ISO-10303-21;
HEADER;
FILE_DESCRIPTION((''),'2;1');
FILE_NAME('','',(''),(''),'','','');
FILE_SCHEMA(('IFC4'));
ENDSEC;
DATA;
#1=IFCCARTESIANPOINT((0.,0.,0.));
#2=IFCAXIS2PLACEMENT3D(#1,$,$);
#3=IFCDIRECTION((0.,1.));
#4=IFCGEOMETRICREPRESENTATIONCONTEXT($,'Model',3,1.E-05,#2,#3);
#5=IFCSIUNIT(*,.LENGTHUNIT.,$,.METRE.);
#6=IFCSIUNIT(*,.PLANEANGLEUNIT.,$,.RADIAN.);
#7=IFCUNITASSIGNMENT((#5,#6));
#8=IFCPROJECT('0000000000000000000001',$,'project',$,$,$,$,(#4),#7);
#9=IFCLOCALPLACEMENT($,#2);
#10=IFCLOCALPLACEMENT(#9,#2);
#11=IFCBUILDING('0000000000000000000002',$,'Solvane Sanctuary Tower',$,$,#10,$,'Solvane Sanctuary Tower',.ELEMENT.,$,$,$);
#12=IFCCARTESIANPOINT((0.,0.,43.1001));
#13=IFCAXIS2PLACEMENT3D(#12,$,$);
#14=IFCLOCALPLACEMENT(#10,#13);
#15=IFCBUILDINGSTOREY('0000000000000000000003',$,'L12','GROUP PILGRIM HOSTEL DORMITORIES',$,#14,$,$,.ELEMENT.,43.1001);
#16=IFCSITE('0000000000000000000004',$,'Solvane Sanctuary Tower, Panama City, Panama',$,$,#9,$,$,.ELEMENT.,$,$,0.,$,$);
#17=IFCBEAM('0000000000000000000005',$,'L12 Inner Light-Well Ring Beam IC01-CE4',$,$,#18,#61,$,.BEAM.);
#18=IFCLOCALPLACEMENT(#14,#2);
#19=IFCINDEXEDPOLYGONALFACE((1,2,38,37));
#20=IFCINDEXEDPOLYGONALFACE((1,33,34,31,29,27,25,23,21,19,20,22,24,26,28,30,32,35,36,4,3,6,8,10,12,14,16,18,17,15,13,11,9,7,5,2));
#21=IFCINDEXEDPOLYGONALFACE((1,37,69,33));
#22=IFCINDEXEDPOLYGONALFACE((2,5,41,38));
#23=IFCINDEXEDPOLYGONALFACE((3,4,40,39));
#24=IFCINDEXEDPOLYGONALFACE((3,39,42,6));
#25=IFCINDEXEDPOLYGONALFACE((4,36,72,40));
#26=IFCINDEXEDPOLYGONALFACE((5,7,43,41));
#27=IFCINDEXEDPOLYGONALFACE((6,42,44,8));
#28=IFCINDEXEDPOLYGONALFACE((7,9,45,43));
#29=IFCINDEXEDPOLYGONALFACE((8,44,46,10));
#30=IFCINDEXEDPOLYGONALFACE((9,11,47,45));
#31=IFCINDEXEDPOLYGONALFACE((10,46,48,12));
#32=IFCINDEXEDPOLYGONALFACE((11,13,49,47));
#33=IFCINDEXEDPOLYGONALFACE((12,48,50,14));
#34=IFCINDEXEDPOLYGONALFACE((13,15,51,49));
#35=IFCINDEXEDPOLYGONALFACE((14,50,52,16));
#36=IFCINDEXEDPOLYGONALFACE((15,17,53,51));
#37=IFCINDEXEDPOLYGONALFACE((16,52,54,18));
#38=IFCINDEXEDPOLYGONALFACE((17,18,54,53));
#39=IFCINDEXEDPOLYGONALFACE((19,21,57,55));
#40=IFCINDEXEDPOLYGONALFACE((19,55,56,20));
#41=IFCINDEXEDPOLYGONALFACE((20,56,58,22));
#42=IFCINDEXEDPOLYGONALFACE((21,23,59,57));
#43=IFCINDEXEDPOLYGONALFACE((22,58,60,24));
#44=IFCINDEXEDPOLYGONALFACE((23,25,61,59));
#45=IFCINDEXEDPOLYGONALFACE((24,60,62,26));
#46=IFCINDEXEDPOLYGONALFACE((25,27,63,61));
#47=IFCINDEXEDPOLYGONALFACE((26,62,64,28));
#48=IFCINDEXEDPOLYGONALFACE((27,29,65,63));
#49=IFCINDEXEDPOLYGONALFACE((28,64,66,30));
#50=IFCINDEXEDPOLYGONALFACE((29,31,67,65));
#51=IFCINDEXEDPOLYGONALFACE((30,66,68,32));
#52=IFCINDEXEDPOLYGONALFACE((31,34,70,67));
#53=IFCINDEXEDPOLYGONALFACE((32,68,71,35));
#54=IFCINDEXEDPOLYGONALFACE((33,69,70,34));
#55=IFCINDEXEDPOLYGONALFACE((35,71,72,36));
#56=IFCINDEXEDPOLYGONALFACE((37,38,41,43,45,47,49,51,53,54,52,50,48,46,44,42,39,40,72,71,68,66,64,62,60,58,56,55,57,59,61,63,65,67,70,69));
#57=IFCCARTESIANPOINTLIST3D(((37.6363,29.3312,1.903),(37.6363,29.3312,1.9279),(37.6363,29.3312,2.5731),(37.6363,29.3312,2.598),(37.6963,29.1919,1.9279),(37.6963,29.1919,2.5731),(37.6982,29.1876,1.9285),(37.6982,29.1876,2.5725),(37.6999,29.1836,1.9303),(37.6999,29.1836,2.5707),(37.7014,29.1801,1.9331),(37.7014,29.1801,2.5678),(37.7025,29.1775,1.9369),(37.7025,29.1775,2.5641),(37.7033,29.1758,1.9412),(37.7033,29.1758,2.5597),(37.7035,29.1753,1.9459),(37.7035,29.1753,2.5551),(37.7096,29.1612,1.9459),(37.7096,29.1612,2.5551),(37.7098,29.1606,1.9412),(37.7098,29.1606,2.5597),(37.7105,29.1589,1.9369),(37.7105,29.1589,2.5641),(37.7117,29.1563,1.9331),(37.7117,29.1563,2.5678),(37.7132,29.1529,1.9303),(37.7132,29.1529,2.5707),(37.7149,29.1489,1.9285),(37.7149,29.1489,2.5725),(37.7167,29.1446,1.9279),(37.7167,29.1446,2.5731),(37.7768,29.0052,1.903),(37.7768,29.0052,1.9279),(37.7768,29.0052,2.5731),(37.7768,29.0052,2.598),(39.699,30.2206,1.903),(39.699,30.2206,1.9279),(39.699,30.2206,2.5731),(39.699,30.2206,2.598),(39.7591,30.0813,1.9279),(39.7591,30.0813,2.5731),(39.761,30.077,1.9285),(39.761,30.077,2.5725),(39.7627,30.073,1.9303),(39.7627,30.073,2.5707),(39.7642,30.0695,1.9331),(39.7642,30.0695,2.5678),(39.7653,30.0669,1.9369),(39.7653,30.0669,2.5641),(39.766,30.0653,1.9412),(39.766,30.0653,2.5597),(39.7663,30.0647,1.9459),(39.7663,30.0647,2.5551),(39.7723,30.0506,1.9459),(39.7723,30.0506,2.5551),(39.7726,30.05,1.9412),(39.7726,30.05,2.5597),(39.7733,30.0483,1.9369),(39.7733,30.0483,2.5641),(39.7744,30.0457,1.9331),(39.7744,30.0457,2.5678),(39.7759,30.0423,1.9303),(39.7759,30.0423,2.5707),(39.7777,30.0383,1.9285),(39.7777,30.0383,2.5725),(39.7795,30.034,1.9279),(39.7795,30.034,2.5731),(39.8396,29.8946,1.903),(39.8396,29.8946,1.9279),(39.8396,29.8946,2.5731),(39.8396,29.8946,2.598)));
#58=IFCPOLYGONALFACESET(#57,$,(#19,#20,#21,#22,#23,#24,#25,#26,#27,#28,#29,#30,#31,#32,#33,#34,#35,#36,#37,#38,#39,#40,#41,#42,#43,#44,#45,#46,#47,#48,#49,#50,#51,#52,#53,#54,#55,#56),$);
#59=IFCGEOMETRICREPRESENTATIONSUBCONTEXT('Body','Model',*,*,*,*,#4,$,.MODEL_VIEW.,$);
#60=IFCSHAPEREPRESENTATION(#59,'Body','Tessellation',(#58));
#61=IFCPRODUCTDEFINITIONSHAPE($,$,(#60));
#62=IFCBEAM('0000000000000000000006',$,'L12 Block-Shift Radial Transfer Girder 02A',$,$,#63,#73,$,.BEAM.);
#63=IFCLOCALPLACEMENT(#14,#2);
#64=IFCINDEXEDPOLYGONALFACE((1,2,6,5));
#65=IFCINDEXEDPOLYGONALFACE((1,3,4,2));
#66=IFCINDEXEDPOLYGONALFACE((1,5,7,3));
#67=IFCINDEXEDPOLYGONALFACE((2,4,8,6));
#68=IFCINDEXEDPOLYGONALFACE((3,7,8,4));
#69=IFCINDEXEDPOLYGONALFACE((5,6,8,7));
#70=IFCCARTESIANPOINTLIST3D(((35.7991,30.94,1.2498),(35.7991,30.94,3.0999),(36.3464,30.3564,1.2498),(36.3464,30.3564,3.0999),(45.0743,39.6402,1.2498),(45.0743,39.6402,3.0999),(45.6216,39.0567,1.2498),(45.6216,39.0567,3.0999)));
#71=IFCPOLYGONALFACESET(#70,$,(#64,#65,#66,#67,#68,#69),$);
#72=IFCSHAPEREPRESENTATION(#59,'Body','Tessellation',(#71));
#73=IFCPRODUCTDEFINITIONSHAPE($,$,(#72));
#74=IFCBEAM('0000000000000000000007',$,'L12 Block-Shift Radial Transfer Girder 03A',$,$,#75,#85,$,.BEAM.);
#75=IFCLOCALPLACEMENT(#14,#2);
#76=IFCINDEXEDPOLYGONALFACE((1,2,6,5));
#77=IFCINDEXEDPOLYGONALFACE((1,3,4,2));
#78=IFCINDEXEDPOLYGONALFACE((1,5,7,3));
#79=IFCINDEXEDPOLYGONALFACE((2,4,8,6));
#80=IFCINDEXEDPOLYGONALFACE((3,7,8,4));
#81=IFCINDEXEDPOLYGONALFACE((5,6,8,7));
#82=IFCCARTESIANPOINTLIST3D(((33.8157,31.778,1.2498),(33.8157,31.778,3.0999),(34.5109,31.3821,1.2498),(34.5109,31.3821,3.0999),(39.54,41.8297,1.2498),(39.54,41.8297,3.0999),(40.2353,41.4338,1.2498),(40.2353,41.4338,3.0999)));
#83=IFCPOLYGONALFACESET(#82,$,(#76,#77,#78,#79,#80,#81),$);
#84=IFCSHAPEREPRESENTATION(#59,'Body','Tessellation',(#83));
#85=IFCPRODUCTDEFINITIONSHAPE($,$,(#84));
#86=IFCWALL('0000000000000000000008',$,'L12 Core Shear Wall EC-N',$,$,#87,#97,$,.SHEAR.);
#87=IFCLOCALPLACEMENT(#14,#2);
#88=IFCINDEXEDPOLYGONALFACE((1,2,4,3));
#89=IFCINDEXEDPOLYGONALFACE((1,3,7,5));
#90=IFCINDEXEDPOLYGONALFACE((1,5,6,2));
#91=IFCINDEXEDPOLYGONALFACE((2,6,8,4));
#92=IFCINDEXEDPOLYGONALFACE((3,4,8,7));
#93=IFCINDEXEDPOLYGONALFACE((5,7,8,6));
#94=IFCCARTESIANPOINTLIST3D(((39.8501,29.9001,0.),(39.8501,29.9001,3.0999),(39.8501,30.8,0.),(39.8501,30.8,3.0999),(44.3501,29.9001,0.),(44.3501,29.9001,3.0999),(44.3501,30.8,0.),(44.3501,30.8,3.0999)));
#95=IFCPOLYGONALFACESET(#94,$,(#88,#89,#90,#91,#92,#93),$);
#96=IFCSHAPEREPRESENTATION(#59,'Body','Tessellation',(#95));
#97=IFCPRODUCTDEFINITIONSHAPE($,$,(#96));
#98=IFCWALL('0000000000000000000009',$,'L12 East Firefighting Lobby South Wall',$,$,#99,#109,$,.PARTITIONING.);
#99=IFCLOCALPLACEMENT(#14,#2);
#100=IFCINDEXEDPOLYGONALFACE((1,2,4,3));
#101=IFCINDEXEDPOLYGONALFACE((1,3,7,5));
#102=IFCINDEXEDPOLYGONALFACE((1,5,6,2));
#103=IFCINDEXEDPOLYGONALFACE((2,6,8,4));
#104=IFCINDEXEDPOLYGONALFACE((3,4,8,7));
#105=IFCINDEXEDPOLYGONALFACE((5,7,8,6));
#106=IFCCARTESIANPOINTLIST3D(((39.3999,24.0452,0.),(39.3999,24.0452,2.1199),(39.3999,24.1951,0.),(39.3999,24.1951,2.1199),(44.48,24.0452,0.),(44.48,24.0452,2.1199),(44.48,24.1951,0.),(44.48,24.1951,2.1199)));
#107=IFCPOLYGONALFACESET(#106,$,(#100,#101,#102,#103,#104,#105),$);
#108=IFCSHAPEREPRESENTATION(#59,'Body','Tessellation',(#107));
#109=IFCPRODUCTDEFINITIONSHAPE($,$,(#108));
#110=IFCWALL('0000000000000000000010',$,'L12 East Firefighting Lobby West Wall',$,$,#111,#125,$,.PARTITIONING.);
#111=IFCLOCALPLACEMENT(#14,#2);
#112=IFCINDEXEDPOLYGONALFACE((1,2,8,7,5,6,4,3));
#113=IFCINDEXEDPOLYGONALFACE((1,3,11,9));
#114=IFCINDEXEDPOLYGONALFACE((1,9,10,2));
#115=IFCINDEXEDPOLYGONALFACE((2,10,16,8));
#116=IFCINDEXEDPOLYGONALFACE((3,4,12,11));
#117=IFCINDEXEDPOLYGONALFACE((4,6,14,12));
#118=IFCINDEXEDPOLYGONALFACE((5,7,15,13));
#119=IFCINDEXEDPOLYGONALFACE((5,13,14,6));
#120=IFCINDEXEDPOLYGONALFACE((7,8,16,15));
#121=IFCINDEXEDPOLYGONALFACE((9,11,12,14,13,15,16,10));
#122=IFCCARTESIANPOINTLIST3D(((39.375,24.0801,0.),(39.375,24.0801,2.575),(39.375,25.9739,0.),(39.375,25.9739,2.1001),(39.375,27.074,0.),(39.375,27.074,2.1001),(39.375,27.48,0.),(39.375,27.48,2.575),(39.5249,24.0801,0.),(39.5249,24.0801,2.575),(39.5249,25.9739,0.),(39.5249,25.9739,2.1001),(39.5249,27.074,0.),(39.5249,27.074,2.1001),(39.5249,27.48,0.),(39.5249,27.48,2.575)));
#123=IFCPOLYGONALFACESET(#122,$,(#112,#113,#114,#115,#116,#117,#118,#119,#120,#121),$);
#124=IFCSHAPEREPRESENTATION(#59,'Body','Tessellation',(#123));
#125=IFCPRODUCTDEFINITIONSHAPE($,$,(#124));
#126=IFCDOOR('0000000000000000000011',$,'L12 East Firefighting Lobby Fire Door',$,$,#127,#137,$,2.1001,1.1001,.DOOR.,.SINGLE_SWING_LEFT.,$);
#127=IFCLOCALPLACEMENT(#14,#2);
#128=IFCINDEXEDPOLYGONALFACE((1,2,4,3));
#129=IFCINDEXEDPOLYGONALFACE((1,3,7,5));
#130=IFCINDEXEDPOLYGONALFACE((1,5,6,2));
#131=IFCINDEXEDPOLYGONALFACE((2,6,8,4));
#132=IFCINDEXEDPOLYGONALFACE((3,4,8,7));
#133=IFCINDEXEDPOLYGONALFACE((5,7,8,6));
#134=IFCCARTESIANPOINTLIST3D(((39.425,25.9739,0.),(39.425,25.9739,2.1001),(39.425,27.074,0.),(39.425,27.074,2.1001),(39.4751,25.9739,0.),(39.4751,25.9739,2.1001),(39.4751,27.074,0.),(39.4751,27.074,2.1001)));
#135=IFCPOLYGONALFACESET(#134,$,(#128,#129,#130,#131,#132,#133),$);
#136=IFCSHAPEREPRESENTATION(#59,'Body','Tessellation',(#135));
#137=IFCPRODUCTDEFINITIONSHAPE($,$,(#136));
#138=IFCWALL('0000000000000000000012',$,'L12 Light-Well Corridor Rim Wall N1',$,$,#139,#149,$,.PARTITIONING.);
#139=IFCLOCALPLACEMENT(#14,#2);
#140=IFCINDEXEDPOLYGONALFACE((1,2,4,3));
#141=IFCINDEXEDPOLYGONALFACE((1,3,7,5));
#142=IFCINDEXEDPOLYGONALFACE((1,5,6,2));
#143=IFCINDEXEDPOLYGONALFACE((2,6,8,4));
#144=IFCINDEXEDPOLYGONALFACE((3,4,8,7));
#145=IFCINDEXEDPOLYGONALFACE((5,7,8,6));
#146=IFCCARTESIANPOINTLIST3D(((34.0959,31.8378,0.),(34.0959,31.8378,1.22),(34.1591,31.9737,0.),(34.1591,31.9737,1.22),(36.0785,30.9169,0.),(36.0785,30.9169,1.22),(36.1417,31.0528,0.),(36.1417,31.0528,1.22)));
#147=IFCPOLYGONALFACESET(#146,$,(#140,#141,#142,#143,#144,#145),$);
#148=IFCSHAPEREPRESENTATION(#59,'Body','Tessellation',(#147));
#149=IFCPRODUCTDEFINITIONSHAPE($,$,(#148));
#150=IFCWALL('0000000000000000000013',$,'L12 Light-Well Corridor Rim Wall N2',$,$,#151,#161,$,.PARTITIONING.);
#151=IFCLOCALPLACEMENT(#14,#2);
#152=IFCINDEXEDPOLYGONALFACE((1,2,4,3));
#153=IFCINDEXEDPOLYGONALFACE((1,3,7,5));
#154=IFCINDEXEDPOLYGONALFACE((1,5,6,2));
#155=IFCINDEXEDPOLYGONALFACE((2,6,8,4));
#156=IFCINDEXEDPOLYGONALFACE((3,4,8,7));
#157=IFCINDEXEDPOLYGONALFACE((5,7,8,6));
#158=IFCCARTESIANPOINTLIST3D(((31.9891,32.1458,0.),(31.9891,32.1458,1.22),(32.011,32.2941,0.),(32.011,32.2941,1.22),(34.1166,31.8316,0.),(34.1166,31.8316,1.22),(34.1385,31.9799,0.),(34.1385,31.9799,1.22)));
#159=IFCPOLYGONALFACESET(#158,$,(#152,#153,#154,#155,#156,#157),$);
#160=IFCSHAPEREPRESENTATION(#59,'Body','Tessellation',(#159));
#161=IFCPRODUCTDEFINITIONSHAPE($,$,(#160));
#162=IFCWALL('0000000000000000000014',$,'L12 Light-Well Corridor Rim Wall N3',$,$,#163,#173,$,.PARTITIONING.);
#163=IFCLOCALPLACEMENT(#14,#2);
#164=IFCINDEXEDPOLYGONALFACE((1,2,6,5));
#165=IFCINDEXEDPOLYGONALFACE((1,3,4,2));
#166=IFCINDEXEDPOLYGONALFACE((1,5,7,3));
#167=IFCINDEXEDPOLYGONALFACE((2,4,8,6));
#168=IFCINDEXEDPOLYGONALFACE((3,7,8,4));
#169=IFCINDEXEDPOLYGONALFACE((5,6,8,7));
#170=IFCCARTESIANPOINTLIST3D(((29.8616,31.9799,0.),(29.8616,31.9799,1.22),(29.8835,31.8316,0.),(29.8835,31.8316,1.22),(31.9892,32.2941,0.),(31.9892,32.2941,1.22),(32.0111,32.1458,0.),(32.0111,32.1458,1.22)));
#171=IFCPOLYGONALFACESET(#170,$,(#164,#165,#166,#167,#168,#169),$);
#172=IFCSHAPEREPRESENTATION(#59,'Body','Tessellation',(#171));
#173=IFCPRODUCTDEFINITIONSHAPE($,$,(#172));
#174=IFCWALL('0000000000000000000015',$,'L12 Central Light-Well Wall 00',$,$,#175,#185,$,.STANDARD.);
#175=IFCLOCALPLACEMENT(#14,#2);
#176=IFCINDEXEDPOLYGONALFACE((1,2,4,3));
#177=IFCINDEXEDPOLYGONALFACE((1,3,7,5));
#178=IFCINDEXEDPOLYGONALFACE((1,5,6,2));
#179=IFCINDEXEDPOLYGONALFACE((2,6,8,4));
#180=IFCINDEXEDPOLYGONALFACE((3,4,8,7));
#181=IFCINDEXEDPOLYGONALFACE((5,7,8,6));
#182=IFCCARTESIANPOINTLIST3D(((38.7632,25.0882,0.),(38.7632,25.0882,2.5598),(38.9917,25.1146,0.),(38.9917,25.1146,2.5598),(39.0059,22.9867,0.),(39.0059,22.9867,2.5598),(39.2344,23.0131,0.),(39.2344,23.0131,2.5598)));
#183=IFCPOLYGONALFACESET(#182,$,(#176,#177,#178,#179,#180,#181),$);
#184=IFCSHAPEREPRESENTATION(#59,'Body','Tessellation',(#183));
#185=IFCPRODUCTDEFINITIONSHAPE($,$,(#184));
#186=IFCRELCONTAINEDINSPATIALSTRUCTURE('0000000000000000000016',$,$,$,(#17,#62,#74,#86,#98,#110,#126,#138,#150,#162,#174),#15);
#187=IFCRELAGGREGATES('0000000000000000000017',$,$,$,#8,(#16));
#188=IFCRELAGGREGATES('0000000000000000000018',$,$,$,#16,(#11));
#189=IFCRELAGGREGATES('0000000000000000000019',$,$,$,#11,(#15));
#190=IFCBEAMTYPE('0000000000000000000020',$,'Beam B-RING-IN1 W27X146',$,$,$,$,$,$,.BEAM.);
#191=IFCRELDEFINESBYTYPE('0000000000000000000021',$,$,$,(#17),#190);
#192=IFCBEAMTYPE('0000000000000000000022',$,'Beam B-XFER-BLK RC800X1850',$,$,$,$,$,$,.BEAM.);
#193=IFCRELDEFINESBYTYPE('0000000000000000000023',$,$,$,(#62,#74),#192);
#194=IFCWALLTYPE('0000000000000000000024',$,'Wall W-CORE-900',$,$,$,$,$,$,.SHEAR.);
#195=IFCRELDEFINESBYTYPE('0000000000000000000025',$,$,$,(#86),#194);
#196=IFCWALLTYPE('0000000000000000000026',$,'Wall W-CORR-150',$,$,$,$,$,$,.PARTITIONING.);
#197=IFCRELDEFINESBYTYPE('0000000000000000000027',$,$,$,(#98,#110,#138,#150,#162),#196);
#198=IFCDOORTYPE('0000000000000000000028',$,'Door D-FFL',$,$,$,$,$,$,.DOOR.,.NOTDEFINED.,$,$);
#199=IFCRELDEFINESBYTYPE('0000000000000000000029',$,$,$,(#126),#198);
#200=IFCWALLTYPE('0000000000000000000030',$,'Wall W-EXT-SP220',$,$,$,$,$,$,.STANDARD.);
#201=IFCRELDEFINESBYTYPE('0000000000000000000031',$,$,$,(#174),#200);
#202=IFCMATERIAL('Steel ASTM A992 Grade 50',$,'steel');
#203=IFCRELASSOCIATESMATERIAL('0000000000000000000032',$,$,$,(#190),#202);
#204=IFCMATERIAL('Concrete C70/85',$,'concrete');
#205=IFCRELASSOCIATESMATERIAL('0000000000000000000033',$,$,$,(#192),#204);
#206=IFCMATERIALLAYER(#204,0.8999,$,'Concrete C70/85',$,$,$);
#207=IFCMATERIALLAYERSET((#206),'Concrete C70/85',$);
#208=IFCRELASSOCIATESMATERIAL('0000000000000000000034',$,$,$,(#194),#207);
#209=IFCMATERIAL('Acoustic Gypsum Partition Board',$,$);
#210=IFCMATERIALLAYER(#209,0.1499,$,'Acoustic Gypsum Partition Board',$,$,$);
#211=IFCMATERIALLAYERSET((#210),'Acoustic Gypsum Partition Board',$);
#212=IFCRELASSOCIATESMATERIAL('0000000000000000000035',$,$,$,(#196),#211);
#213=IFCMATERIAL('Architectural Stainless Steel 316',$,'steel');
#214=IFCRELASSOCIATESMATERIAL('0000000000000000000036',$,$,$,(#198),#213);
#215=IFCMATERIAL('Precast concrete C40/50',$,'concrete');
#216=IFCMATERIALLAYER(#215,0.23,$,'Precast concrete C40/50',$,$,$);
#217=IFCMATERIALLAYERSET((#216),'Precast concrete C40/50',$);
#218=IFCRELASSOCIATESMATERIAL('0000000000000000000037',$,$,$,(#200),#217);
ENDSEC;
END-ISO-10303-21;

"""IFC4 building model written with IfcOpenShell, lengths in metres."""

from ifc_helpers import new_model, si_unit, direction, frame, frame_2d, origin, origin_2d, place, context, subcontext, project, spatial, rectangle, i_section, extrude, material, layer, layer_set, material_profile, profile_set, type_object, element, fill, save


model = new_model("IFC4")

# Units and contexts
model_context = context("Model", 3, precision=1e-05, world=origin(), true_north=direction((0.0, 1.0)))
body_context = subcontext(model_context, "Body", "Model", "MODEL_VIEW")
ifc_project = project(units=[si_unit("LENGTHUNIT", "METRE"), si_unit("PLANEANGLEUNIT", "RADIAN")], contexts=[model_context])

# Site, building, storey
site_placement = place(None, origin())
site = spatial("IfcSite", under=ifc_project, at=site_placement, Name="Solvane Sanctuary Tower, Panama City, Panama", CompositionType="ELEMENT", RefElevation=0.0)
building_placement = place(site_placement, origin())
building = spatial("IfcBuilding", under=site, at=building_placement, Name="Solvane Sanctuary Tower", LongName="Solvane Sanctuary Tower", CompositionType="ELEMENT")
storey_placement = place(building_placement, frame((0.0, 0.0, 43.1001)))
storey = spatial("IfcBuildingStorey", under=building, at=storey_placement, Name="L12", Description="GROUP PILGRIM HOSTEL DORMITORIES", CompositionType="ELEMENT", Elevation=43.1001)

# Shared definitions
ifc_material_1 = material(Name="Concrete C70/85", Category="concrete")

# Beams
ifc_material_2 = material(Name="Steel ASTM A992 Grade 50", Category="steel")
ifc_material_profile_1 = material_profile(ifc_material_2, i_section(OverallWidth=0.355, OverallDepth=0.6951, WebThickness=0.0154, FlangeThickness=0.0249, FilletRadius=0.0181, at=origin_2d()), Name="W27X146")
ifc_profile_set_1 = profile_set([ifc_material_profile_1], Name="Steel ASTM A992 Grade 50")
beam_type_1 = type_object("IfcBeamType", Name="Beam B-RING-IN1 W27X146", PredefinedType="BEAM", material=ifc_profile_set_1)
beam_1_placement = place(storey_placement, frame((37.7065, 29.1682, 2.2505), z_axis=(0.918277, 0.395938, 0.0), x_axis=(-0.395938, 0.918277, 0.0)))
element("IfcBeam", 1, at=beam_1_placement, inside=storey, type_object=beam_type_1, Name="L12 Inner Light-Well Ring Beam IC01-CE4", PredefinedType="BEAM", context=body_context, shape_type="SweptSolid", body=[
    extrude(i_section(OverallWidth=0.355, OverallDepth=0.6951, WebThickness=0.0154, FlangeThickness=0.0249, FilletRadius=0.0181, at=origin_2d()), origin(), (0.0, 0.0, 1.0), 2.2463),
])
ifc_material_profile_2 = material_profile(ifc_material_1, rectangle(XDim=0.8, YDim=1.8501, at=origin_2d()), Name="RC800X1850")
ifc_profile_set_2 = profile_set([ifc_material_profile_2], Name="Concrete C70/85")
beam_type_2 = type_object("IfcBeamType", Name="Beam B-XFER-BLK RC800X1850", PredefinedType="BEAM", material=ifc_profile_set_2)
beam_2_placement = place(storey_placement, frame((36.0728, 30.6482, 2.1748), z_axis=(0.729351, 0.68414, 0.0), x_axis=(-0.68414, 0.729351, 0.0)))
element("IfcBeam", 2, at=beam_2_placement, inside=storey, type_object=beam_type_2, Name="L12 Block-Shift Radial Transfer Girder 02A", PredefinedType="BEAM", context=body_context, shape_type="SweptSolid", body=[
    extrude(rectangle(XDim=0.8, YDim=1.8501, at=origin_2d()), origin(), (0.0, 0.0, 1.0), 12.717),
])
beam_3_placement = place(storey_placement, frame((34.1633, 31.5801, 2.1748), z_axis=(0.494868, 0.868968, 0.0), x_axis=(-0.868968, 0.494868, 0.0)))
element("IfcBeam", 3, at=beam_3_placement, inside=storey, type_object=beam_type_2, Name="L12 Block-Shift Radial Transfer Girder 03A", PredefinedType="BEAM", context=body_context, shape_type="SweptSolid", body=[
    extrude(rectangle(XDim=0.8, YDim=1.8501, at=origin_2d()), origin(), (0.0, 0.0, 1.0), 11.5674),
])

# Walls
ifc_layer_1 = layer(ifc_material_1, 0.8999, Name="Concrete C70/85")
ifc_layer_set_1 = layer_set([ifc_layer_1], Name="Concrete C70/85")
wall_type_1 = type_object("IfcWallType", Name="Wall W-CORE-900", PredefinedType="SHEAR", material=ifc_layer_set_1)
wall_1_placement = place(storey_placement, frame((39.8501, 30.3501, 0.0), z_axis=(0.0, 0.0, 1.0), x_axis=(1.0, 0.0, 0.0)))
element("IfcWall", 4, at=wall_1_placement, inside=storey, type_object=wall_type_1, Name="L12 Core Shear Wall EC-N", PredefinedType="SHEAR", context=body_context, shape_type="SweptSolid", body=[
    extrude(rectangle(XDim=4.5, YDim=0.8999, at=frame_2d((2.25, 0.0))), origin(), (0.0, 0.0, 1.0), 3.0999),
])
ifc_material_3 = material(Name="Acoustic Gypsum Partition Board")
ifc_layer_2 = layer(ifc_material_3, 0.1499, Name="Acoustic Gypsum Partition Board")
ifc_layer_set_2 = layer_set([ifc_layer_2], Name="Acoustic Gypsum Partition Board")
wall_type_2 = type_object("IfcWallType", Name="Wall W-CORR-150", PredefinedType="PARTITIONING", material=ifc_layer_set_2)
wall_2_placement = place(storey_placement, frame((39.3999, 24.1201, 0.0), z_axis=(0.0, 0.0, 1.0), x_axis=(1.0, 0.0, 0.0)))
element("IfcWall", 5, at=wall_2_placement, inside=storey, type_object=wall_type_2, Name="L12 East Firefighting Lobby South Wall", PredefinedType="PARTITIONING", context=body_context, shape_type="SweptSolid", body=[
    extrude(rectangle(XDim=5.0801, YDim=0.1499, at=frame_2d((2.54, 0.0))), origin(), (0.0, 0.0, 1.0), 2.1199),
])

# Wall, opening, door
wall_3_placement = place(storey_placement, frame((39.45, 24.0801, 0.0), z_axis=(0.0, 0.0, 1.0), x_axis=(0.0, 1.0, 0.0)))
wall_3 = element("IfcWall", 6, at=wall_3_placement, inside=storey, type_object=wall_type_2, Name="L12 East Firefighting Lobby West Wall", PredefinedType="PARTITIONING", context=body_context, shape_type="SweptSolid", body=[
    extrude(rectangle(XDim=3.3999, YDim=0.1499, at=frame_2d((1.7, 0.0))), origin(), (0.0, 0.0, 1.0), 2.575),
])
opening_placement = place(wall_3_placement, frame((1.8938, 0.0, 0.0)))
opening = element("IfcOpeningElement", 7, at=opening_placement, cuts=wall_3, PredefinedType="OPENING", context=body_context, shape_type="SweptSolid", body=[
    extrude(rectangle(XDim=1.1001, YDim=2.1001, at=frame_2d((0.55, 1.05))), frame((0.0, 0.085, 0.0), z_axis=(0.0, -1.0, 0.0), x_axis=(1.0, 0.0, 0.0)), (0.0, 0.0, 1.0), 0.1699),
])
ifc_material_4 = material(Name="Architectural Stainless Steel 316", Category="steel")
door_type = type_object("IfcDoorType", Name="Door D-FFL", OperationType="NOTDEFINED", PredefinedType="DOOR", material=ifc_material_4)
door_placement = place(opening_placement, origin())
door = element("IfcDoor", 8, at=door_placement, inside=storey, type_object=door_type, Name="L12 East Firefighting Lobby Fire Door", OperationType="SINGLE_SWING_LEFT", OverallHeight=2.1001, OverallWidth=1.1001, PredefinedType="DOOR", context=body_context, shape_type="SweptSolid", body=[
    extrude(rectangle(XDim=1.1001, YDim=2.1001, at=frame_2d((0.55, 1.05))), frame((0.0, 0.0249, 0.0), z_axis=(0.0, -1.0, 0.0), x_axis=(1.0, 0.0, 0.0)), (0.0, 0.0, 1.0), 0.05),
])
fill(opening, door)

# Walls
wall_4_placement = place(storey_placement, frame((36.1101, 30.9849, 0.0), z_axis=(0.0, 0.0, 1.0), x_axis=(-0.906943, 0.421252, 0.0)))
element("IfcWall", 9, at=wall_4_placement, inside=storey, type_object=wall_type_2, Name="L12 Light-Well Corridor Rim Wall N1", PredefinedType="PARTITIONING", context=body_context, shape_type="SweptSolid", body=[
    extrude(rectangle(XDim=2.186, YDim=0.1499, at=frame_2d((1.093, 0.0))), origin(), (0.0, 0.0, 1.0), 1.22),
])
for number, where, z_axis, x_axis, name in (
    (10, (34.1274, 31.9058, 0.0), (0.0, 0.0, 1.0), (-0.989269, 0.146108, 0.0), "L12 Light-Well Corridor Rim Wall N2"),
    (11, (32.0, 32.22, 0.0), (0.0, 0.0, 1.0), (-0.989269, -0.146108, 0.0), "L12 Light-Well Corridor Rim Wall N3"),
):
    element("IfcWall", number, at=place(storey_placement, frame(where, z_axis=z_axis, x_axis=x_axis)), inside=storey, type_object=wall_type_2, Name=name, PredefinedType="PARTITIONING", context=body_context, shape_type="SweptSolid", body=[
        extrude(rectangle(XDim=2.1506, YDim=0.1499, at=frame_2d((1.0752, 0.0))), origin(), (0.0, 0.0, 1.0), 1.22),
    ])
ifc_material_5 = material(Name="Precast concrete C40/50", Category="concrete")
ifc_layer_3 = layer(ifc_material_5, 0.23, Name="Precast concrete C40/50")
ifc_layer_set_3 = layer_set([ifc_layer_3], Name="Precast concrete C40/50")
wall_type_3 = type_object("IfcWallType", Name="Wall W-EXT-SP220", PredefinedType="STANDARD", material=ifc_layer_set_3)
wall_5_placement = place(storey_placement, frame((39.1201, 23.0, 0.0), z_axis=(0.0, 0.0, 1.0), x_axis=(-0.114712, 0.993399, 0.0)))
element("IfcWall", 12, at=wall_5_placement, inside=storey, type_object=wall_type_3, Name="L12 Central Light-Well Wall 00", PredefinedType="STANDARD", context=body_context, shape_type="SweptSolid", body=[
    extrude(rectangle(XDim=2.1155, YDim=0.23, at=frame_2d((1.0576, 0.0))), origin(), (0.0, 0.0, 1.0), 2.5598),
])

save(model, "model.ifc")
